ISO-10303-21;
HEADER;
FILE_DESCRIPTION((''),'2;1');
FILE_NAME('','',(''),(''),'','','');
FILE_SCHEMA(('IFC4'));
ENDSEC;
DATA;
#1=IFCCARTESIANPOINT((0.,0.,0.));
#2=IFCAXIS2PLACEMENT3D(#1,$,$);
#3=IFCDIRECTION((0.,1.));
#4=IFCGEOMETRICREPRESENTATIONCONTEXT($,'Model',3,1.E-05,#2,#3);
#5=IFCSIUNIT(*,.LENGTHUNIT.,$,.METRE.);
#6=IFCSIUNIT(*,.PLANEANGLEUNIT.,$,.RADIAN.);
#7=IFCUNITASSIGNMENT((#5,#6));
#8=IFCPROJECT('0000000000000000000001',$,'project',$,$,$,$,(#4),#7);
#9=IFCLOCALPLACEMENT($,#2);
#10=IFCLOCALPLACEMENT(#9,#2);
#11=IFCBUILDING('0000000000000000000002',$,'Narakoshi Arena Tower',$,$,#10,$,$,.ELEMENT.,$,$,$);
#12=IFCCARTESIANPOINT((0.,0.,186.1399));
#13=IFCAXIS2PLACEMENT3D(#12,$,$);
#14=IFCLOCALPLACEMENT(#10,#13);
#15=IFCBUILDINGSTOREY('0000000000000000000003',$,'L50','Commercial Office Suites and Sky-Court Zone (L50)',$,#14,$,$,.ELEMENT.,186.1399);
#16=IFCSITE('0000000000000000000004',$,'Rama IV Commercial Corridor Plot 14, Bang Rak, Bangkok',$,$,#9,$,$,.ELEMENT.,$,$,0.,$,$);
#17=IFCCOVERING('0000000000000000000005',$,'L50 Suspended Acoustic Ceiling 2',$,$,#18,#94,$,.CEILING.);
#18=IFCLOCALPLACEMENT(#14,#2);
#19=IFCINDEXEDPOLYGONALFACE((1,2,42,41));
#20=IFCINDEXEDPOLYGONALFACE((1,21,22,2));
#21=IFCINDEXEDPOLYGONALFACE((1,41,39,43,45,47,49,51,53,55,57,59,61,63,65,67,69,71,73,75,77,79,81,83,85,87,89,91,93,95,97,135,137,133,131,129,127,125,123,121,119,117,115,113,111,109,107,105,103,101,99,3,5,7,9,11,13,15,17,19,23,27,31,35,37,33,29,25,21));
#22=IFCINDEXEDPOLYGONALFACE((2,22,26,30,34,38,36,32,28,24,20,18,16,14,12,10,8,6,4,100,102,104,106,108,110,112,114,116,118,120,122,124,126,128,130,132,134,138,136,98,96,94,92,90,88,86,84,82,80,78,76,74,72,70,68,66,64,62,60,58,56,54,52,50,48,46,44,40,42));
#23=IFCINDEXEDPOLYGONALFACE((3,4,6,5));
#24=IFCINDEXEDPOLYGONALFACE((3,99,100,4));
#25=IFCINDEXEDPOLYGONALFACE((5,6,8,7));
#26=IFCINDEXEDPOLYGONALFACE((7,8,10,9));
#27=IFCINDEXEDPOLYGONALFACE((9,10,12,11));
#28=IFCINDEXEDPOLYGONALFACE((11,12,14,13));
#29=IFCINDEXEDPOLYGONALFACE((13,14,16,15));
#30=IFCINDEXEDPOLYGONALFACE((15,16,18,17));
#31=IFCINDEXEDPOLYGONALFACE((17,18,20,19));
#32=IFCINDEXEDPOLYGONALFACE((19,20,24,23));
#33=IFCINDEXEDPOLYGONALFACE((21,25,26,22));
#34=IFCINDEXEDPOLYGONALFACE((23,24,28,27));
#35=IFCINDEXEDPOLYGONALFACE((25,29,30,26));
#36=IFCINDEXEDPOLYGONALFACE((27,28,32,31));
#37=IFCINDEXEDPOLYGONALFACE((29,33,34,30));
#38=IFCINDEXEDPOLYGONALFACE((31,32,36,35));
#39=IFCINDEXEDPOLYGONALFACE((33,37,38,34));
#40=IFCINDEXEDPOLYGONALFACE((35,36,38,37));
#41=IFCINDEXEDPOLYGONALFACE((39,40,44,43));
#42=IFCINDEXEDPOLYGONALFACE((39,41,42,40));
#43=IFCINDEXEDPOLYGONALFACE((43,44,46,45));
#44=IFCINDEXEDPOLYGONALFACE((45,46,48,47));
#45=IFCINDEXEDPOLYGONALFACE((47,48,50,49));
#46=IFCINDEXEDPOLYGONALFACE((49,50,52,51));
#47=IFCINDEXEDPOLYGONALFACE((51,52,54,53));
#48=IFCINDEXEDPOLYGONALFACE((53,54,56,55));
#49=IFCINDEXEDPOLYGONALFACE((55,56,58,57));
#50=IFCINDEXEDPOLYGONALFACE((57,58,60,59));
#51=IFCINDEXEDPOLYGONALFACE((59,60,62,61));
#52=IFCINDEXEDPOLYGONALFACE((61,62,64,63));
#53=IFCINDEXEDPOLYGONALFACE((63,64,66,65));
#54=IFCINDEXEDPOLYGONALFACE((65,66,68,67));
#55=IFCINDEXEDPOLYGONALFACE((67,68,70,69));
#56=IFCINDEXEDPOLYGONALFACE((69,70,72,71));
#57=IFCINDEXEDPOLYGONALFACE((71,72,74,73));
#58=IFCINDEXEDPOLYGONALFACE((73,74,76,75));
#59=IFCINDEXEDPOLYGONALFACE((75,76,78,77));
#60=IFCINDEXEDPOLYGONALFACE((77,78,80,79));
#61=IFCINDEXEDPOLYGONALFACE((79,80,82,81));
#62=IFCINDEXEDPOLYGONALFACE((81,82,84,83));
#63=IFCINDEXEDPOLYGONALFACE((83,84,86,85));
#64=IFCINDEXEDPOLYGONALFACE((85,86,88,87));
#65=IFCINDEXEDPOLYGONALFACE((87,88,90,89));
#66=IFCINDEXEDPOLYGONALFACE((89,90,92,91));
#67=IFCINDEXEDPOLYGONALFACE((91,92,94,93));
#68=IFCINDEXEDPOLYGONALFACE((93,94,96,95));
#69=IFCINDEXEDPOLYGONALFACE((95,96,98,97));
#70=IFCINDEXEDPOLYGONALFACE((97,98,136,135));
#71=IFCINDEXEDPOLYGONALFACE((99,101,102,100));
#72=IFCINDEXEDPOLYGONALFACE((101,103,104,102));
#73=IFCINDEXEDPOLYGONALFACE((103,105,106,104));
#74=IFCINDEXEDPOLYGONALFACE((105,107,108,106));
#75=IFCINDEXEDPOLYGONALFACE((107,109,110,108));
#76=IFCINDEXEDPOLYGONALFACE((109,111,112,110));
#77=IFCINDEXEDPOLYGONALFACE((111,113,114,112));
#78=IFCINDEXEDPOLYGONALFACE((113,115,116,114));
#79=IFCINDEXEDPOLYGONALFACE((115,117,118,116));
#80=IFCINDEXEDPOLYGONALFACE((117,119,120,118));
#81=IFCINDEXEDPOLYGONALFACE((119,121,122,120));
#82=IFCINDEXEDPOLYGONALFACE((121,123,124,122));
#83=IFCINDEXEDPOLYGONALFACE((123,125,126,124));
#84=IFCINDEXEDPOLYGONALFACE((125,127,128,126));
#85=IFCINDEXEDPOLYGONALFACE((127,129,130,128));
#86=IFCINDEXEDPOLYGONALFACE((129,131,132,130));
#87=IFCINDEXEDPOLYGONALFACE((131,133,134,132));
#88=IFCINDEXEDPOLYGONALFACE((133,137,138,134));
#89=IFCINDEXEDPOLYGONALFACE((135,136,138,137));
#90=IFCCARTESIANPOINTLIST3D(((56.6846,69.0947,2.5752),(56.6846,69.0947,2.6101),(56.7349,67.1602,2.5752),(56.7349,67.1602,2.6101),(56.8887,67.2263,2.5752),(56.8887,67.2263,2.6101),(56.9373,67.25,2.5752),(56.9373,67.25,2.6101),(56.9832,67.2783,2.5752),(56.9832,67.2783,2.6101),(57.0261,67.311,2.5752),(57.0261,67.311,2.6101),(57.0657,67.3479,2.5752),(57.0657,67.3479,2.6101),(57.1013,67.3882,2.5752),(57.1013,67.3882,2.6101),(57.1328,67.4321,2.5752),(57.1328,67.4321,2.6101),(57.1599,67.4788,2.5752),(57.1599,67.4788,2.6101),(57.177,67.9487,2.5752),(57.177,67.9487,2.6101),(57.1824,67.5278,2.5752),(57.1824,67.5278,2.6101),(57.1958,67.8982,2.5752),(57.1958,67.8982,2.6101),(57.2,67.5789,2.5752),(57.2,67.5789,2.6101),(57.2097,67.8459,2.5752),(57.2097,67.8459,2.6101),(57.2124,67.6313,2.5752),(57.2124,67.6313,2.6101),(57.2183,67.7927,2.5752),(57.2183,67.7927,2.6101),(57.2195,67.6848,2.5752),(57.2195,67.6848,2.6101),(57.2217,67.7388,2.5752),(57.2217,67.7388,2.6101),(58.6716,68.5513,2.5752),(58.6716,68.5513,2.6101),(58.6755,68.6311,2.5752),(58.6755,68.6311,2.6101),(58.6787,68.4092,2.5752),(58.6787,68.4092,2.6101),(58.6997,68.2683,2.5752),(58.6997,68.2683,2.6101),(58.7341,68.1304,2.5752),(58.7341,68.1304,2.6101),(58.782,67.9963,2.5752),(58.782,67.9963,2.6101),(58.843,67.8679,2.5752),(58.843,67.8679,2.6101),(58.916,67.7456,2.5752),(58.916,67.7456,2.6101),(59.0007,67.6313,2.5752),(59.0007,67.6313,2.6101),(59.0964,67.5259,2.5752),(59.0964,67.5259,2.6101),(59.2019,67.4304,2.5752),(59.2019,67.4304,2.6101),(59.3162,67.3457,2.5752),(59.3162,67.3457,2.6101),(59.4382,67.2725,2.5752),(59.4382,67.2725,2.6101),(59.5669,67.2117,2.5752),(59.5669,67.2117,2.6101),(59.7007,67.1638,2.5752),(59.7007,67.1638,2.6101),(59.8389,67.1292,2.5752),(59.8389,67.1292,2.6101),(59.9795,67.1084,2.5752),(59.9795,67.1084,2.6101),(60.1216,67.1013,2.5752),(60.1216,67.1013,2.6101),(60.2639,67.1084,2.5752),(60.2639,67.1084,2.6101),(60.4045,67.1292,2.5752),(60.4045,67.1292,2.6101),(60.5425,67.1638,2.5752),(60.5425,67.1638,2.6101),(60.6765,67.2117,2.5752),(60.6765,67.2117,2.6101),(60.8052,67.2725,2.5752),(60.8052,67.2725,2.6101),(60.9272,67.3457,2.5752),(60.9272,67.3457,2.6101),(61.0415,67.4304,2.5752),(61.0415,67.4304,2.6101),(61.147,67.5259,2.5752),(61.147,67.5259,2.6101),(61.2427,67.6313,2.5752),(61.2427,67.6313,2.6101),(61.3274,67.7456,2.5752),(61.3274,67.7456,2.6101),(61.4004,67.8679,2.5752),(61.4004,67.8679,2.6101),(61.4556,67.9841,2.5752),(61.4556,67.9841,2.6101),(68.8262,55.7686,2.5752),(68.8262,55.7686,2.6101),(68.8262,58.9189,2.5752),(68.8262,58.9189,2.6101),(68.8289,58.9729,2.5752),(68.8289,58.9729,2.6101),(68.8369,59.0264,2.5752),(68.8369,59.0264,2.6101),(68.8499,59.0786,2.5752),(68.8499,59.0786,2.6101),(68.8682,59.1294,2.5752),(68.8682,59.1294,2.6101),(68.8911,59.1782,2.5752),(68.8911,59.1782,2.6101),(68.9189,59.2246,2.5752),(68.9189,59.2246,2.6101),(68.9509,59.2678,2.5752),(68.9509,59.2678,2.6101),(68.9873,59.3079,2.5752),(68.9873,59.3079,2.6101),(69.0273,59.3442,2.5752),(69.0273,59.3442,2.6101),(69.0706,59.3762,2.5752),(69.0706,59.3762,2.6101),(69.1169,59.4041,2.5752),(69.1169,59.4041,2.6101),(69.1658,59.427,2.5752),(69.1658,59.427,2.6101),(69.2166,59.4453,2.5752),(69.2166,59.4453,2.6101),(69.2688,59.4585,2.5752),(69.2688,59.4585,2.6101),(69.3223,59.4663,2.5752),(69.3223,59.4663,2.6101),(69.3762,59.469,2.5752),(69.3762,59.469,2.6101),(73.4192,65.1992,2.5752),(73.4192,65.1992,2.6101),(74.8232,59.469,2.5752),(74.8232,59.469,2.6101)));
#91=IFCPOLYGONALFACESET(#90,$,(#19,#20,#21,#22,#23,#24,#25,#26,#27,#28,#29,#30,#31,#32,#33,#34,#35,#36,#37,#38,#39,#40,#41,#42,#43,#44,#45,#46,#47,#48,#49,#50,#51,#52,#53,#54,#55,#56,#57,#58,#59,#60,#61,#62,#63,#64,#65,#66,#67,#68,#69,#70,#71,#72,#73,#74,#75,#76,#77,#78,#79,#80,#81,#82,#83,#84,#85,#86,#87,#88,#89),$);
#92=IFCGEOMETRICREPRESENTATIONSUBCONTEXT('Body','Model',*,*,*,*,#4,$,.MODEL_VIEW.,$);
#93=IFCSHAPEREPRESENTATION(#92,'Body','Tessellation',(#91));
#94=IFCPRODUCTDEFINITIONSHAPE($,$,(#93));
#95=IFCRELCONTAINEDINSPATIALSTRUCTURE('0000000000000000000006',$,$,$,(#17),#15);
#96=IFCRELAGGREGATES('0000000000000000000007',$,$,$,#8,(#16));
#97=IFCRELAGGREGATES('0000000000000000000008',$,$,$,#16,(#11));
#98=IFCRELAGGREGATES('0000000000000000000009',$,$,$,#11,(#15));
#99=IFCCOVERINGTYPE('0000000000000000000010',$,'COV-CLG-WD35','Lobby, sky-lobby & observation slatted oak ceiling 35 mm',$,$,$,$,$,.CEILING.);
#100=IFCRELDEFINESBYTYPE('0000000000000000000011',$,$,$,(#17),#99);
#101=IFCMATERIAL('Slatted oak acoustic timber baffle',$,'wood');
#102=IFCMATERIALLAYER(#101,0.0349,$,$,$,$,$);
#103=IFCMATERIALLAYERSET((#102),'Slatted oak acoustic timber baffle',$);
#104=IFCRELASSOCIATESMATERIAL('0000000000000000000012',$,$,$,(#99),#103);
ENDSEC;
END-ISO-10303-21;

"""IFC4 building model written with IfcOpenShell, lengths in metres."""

from ifc_helpers import new_model, si_unit, direction, frame, origin, place, context, subcontext, project, spatial, polyline, outline, extrude, material, layer, layer_set, type_object, element, save


model = new_model("IFC4")

# Units and contexts
model_context = context("Model", 3, precision=1e-05, world=origin(), true_north=direction((0.0, 1.0)))
body_context = subcontext(model_context, "Body", "Model", "MODEL_VIEW")
ifc_project = project(units=[si_unit("LENGTHUNIT", "METRE"), si_unit("PLANEANGLEUNIT", "RADIAN")], contexts=[model_context])

# Site, building, storey
site_placement = place(None, origin())
site = spatial("IfcSite", under=ifc_project, at=site_placement, Name="Rama IV Commercial Corridor Plot 14, Bang Rak, Bangkok", CompositionType="ELEMENT", RefElevation=0.0)
building_placement = place(site_placement, origin())
building = spatial("IfcBuilding", under=site, at=building_placement, Name="Narakoshi Arena Tower", CompositionType="ELEMENT")
storey_placement = place(building_placement, frame((0.0, 0.0, 186.1399)))
storey = spatial("IfcBuildingStorey", under=building, at=storey_placement, Name="L50", Description="Commercial Office Suites and Sky-Court Zone (L50)", CompositionType="ELEMENT", Elevation=186.1399)

# Covering
ifc_material_1 = material(Name="Slatted oak acoustic timber baffle", Category="wood")
ifc_layer_1 = layer(ifc_material_1, 0.0349)
ifc_layer_set_1 = layer_set([ifc_layer_1], Name="Slatted oak acoustic timber baffle")
covering_type_1 = type_object("IfcCoveringType", Name="COV-CLG-WD35", Description="Lobby, sky-lobby & observation slatted oak ceiling 35 mm", PredefinedType="CEILING", material=ifc_layer_set_1)
covering_1_placement = place(storey_placement, frame((0.0, 0.0, 2.5752)))
element("IfcCovering", 1, at=covering_1_placement, inside=storey, type_object=covering_type_1, Name="L50 Suspended Acoustic Ceiling 2", PredefinedType="CEILING", context=body_context, shape_type="SweptSolid", body=[
    extrude(outline(polyline([(58.6755, 68.6311), (58.6716, 68.5513), (58.6787, 68.4092), (58.6997, 68.2683), (58.7341, 68.1304), (58.782, 67.9963), (58.843, 67.8679), (58.916, 67.7456), (59.0007, 67.6313), (59.0964, 67.5259), (59.2019, 67.4304), (59.3162, 67.3457), (59.4382, 67.2725), (59.5669, 67.2117), (59.7007, 67.1638), (59.8389, 67.1292), (59.9795, 67.1084), (60.1216, 67.1013), (60.2639, 67.1084), (60.4045, 67.1292), (60.5425, 67.1638), (60.6765, 67.2117), (60.8052, 67.2725), (60.9272, 67.3457), (61.0415, 67.4304), (61.147, 67.5259), (61.2427, 67.6313), (61.3274, 67.7456), (61.4004, 67.8679), (61.4556, 67.9841), (73.4192, 65.1992), (74.8232, 59.469), (69.3762, 59.469), (69.3223, 59.4663), (69.2688, 59.4585), (69.2166, 59.4453), (69.1658, 59.427), (69.1169, 59.4041), (69.0706, 59.3762), (69.0273, 59.3442), (68.9873, 59.3079), (68.9509, 59.2678), (68.9189, 59.2246), (68.8911, 59.1782), (68.8682, 59.1294), (68.8499, 59.0786), (68.8369, 59.0264), (68.8289, 58.9729), (68.8262, 58.9189), (68.8262, 55.7686), (56.7349, 67.1602), (56.8887, 67.2263), (56.9373, 67.25), (56.9832, 67.2783), (57.0261, 67.311), (57.0657, 67.3479), (57.1013, 67.3882), (57.1328, 67.4321), (57.1599, 67.4788), (57.1824, 67.5278), (57.2, 67.5789), (57.2124, 67.6313), (57.2195, 67.6848), (57.2217, 67.7388), (57.2183, 67.7927), (57.2097, 67.8459), (57.1958, 67.8982), (57.177, 67.9487), (56.6846, 69.0947), (58.6755, 68.6311)])), origin(), (0.0, 0.0, 1.0), 0.0349),
])

save(model, "model.ifc")
